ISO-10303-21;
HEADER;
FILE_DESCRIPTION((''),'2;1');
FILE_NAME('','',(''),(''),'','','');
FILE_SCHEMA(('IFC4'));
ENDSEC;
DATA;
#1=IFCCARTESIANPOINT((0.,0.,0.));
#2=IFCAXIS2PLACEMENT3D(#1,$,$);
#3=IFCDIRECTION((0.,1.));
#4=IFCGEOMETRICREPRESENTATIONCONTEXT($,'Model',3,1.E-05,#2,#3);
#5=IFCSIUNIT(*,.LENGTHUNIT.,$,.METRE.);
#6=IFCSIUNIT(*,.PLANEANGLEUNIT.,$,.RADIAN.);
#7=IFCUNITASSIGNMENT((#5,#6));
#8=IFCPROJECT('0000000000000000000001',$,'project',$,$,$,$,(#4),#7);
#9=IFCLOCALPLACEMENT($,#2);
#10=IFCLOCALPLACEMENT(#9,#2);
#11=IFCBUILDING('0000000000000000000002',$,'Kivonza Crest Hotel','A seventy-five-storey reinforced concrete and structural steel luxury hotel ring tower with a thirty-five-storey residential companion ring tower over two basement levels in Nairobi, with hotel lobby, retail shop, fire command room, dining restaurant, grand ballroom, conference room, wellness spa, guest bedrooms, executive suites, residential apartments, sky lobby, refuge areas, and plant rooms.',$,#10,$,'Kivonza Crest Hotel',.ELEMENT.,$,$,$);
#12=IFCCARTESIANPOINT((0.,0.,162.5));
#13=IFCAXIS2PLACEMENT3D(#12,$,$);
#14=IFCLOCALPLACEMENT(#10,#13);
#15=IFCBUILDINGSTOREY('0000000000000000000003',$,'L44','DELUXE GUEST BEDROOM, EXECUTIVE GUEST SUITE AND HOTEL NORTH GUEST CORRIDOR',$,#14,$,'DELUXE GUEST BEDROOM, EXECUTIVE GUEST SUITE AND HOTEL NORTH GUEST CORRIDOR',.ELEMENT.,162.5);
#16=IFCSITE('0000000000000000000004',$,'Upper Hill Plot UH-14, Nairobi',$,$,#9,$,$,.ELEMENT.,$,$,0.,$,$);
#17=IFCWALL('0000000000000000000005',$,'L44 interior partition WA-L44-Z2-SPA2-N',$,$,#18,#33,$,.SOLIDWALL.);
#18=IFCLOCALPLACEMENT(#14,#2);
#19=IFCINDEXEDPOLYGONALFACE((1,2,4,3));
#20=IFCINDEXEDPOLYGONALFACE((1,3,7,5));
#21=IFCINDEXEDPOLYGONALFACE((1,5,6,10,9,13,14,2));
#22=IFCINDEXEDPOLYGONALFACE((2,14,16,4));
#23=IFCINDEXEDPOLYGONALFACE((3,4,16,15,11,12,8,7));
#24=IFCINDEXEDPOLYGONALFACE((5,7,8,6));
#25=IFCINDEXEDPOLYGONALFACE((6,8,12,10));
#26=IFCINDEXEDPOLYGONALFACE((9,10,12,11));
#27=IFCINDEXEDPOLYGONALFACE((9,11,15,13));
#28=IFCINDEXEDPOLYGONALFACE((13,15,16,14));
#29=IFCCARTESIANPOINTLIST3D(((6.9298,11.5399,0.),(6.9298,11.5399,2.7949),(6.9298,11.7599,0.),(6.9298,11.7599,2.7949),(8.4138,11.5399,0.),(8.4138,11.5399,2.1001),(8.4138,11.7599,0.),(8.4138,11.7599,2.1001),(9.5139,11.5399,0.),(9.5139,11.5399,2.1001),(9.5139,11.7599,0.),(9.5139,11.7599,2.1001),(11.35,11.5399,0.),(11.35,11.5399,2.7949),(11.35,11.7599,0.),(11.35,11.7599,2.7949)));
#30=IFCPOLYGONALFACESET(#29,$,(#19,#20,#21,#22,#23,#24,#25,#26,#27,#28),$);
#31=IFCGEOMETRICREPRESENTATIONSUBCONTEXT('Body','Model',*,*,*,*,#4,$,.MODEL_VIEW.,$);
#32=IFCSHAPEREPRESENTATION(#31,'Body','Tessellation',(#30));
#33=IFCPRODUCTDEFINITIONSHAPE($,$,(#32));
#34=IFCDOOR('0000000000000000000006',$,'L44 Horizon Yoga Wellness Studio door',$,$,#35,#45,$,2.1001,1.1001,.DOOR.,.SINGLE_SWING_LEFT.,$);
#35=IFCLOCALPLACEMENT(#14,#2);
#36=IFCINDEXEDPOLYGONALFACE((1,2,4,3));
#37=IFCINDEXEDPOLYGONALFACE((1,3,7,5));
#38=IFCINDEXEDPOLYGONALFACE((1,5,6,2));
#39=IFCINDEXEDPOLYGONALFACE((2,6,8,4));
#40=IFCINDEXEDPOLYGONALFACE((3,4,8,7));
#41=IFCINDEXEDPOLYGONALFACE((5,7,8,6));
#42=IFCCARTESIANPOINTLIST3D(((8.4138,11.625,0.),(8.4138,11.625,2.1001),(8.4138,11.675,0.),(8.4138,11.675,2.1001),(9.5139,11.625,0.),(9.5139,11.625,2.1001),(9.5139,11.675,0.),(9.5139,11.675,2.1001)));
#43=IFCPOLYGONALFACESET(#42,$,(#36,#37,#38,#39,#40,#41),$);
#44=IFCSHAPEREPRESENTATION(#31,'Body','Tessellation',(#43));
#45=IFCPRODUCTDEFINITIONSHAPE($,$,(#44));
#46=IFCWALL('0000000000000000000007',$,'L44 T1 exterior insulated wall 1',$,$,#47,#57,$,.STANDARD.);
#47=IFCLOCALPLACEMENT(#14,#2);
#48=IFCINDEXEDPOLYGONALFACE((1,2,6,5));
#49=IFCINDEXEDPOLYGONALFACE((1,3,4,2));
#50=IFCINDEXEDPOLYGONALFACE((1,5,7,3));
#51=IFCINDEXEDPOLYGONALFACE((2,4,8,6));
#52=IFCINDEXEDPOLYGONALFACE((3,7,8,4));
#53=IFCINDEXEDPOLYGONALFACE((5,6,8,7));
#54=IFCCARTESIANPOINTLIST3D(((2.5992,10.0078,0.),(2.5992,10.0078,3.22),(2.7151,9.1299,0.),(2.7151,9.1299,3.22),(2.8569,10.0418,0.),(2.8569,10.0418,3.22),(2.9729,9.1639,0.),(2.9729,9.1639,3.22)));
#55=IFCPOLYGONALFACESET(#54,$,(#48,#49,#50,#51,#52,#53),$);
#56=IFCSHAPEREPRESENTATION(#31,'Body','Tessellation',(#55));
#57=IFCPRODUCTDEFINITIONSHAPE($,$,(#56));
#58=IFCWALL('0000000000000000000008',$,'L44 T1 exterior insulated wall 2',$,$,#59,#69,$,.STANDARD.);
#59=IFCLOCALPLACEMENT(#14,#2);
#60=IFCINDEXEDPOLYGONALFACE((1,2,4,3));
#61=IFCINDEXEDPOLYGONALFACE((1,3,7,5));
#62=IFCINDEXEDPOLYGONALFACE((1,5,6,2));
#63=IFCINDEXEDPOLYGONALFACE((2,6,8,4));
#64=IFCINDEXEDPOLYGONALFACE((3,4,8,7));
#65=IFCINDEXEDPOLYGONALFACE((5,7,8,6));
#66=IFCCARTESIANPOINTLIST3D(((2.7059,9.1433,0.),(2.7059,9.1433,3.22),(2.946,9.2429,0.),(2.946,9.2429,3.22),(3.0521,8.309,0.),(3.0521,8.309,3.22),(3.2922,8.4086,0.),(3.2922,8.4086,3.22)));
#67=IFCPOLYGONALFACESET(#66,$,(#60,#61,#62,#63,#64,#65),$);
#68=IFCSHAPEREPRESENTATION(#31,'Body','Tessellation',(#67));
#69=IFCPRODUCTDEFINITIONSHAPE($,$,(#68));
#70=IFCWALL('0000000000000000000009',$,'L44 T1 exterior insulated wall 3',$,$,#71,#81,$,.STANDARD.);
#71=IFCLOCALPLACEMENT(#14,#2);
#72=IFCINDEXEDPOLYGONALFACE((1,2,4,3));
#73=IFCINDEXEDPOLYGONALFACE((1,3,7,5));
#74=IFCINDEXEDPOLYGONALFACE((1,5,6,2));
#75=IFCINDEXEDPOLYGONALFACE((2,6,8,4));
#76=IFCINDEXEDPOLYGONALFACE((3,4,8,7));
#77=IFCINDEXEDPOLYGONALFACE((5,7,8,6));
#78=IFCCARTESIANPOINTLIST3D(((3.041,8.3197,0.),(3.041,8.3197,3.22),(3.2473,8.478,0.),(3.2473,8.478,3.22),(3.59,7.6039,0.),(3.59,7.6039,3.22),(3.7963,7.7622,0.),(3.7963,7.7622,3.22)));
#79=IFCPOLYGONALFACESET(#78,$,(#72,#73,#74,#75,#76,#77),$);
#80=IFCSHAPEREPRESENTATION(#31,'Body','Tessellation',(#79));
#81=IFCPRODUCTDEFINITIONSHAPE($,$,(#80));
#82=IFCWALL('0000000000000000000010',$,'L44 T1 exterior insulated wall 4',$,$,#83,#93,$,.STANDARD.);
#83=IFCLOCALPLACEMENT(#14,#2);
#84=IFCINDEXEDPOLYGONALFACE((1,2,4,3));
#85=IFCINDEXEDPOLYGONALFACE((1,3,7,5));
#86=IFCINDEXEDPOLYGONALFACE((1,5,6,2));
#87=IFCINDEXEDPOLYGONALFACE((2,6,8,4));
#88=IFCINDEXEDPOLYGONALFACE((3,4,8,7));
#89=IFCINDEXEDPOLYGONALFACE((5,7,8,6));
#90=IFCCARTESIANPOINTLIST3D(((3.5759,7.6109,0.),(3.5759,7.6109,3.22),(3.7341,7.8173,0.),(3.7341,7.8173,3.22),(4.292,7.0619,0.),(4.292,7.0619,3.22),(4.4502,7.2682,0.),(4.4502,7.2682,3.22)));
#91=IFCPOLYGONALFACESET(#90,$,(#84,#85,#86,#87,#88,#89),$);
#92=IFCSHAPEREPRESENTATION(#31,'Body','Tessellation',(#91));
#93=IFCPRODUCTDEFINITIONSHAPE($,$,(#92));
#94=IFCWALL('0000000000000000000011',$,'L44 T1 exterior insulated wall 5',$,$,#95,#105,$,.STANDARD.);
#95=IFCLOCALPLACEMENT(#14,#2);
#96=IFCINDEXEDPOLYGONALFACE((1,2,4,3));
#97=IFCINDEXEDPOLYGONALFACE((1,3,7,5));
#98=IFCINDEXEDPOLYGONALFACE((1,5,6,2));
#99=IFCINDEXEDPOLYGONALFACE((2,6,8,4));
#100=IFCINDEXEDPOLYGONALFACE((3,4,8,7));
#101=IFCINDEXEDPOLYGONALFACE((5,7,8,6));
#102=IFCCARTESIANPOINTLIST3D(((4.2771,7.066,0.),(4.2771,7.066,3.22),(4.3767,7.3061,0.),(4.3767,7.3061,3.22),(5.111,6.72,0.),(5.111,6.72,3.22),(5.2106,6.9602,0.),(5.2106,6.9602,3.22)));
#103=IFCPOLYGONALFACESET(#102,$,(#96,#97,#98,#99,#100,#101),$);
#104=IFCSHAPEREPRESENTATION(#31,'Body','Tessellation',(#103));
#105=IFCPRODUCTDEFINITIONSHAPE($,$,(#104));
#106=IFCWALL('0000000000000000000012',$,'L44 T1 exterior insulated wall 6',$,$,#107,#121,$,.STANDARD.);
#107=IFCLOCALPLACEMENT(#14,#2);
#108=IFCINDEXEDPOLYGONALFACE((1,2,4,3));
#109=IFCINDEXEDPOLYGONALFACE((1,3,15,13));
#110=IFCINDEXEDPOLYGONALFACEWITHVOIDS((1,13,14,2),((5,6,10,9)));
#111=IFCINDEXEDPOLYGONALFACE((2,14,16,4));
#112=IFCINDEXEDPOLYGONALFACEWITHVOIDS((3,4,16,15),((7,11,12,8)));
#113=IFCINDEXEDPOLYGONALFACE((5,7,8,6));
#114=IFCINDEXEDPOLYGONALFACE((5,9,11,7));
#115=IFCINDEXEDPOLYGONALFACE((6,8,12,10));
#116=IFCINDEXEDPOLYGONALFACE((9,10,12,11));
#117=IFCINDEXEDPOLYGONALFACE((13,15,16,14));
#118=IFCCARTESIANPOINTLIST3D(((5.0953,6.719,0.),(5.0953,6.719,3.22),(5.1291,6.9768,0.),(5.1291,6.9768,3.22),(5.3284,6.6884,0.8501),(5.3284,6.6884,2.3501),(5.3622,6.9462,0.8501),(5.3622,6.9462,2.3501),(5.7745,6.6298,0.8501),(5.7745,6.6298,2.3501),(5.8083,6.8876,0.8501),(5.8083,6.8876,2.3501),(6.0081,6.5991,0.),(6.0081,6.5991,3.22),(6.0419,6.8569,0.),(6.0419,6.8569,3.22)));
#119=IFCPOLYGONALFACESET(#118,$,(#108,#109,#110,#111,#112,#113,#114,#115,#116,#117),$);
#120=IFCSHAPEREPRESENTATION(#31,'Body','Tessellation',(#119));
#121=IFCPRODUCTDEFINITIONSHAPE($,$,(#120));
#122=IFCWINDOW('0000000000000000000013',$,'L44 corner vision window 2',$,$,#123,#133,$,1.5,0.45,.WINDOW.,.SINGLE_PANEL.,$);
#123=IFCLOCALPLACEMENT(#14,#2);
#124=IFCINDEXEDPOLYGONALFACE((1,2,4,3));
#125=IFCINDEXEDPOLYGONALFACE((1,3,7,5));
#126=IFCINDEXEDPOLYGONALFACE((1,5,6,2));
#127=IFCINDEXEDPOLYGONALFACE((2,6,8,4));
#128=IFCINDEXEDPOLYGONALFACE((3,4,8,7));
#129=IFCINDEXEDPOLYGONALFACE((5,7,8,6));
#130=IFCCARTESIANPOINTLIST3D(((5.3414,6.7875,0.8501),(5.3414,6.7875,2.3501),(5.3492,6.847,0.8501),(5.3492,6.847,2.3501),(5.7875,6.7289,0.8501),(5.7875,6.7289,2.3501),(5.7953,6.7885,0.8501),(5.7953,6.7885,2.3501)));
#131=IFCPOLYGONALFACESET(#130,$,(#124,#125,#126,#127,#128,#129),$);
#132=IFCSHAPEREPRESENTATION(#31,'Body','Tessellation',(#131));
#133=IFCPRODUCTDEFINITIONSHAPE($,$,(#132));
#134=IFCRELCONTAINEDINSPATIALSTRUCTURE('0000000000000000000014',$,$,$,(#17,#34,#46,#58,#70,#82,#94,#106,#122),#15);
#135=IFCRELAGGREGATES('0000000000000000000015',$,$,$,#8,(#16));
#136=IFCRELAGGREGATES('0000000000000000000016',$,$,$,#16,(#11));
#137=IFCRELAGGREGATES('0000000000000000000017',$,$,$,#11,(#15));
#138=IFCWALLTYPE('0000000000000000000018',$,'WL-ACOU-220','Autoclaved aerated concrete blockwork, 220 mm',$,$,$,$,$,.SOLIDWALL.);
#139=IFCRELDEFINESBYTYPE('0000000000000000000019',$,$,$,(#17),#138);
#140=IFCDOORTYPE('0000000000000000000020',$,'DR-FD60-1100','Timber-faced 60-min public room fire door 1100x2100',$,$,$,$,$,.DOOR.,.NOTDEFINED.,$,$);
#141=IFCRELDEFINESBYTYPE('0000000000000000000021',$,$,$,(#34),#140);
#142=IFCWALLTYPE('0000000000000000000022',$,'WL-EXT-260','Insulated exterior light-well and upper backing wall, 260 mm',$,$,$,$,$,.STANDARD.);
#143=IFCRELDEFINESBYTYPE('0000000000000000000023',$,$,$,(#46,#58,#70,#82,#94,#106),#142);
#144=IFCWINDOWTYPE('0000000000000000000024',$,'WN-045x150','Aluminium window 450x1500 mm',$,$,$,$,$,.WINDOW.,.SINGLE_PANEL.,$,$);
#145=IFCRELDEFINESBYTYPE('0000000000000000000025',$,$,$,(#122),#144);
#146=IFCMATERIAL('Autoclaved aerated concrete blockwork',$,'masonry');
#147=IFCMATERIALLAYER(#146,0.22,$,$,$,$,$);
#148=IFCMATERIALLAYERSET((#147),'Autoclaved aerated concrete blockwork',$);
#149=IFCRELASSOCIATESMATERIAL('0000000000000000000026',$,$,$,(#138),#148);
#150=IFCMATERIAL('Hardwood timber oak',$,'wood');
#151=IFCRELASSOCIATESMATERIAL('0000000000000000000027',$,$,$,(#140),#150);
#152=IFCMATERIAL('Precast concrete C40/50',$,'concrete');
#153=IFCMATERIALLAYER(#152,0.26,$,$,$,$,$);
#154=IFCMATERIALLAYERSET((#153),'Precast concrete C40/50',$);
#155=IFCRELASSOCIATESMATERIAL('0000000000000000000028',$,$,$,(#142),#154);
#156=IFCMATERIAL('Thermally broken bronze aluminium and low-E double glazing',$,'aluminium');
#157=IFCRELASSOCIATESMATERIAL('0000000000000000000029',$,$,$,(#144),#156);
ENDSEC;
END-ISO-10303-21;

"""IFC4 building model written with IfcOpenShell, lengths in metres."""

from ifc_helpers import new_model, si_unit, direction, frame, frame_2d, origin, place, context, subcontext, project, spatial, rectangle, extrude, material, layer, layer_set, type_object, element, fill, save


model = new_model("IFC4")

# Units and contexts
model_context = context("Model", 3, precision=1e-05, world=origin(), true_north=direction((0.0, 1.0)))
body_context = subcontext(model_context, "Body", "Model", "MODEL_VIEW")
ifc_project = project(units=[si_unit("LENGTHUNIT", "METRE"), si_unit("PLANEANGLEUNIT", "RADIAN")], contexts=[model_context])

# Site, building, storey
site_placement = place(None, origin())
site = spatial("IfcSite", under=ifc_project, at=site_placement, Name="Upper Hill Plot UH-14, Nairobi", CompositionType="ELEMENT", RefElevation=0.0)
building_placement = place(site_placement, origin())
building = spatial("IfcBuilding", under=site, at=building_placement, Name="Kivonza Crest Hotel", Description="A seventy-five-storey reinforced concrete and structural steel luxury hotel ring tower with a thirty-five-storey residential companion ring tower over two basement levels in Nairobi, with hotel lobby, retail shop, fire command room, dining restaurant, grand ballroom, conference room, wellness spa, guest bedrooms, executive suites, residential apartments, sky lobby, refuge areas, and plant rooms.", LongName="Kivonza Crest Hotel", CompositionType="ELEMENT")
storey_placement = place(building_placement, frame((0.0, 0.0, 162.5)))
storey = spatial("IfcBuildingStorey", under=building, at=storey_placement, Name="L44", Description="DELUXE GUEST BEDROOM, EXECUTIVE GUEST SUITE AND HOTEL NORTH GUEST CORRIDOR", LongName="DELUXE GUEST BEDROOM, EXECUTIVE GUEST SUITE AND HOTEL NORTH GUEST CORRIDOR", CompositionType="ELEMENT", Elevation=162.5)

# Wall, opening, door
ifc_material_1 = material(Name="Autoclaved aerated concrete blockwork", Category="masonry")
ifc_layer_1 = layer(ifc_material_1, 0.22)
ifc_layer_set_1 = layer_set([ifc_layer_1], Name="Autoclaved aerated concrete blockwork")
wall_type_1 = type_object("IfcWallType", Name="WL-ACOU-220", Description="Autoclaved aerated concrete blockwork, 220 mm", PredefinedType="SOLIDWALL", material=ifc_layer_set_1)
ifc_material_2 = material(Name="Hardwood timber oak", Category="wood")
door_type = type_object("IfcDoorType", Name="DR-FD60-1100", Description="Timber-faced 60-min public room fire door 1100x2100", OperationType="NOTDEFINED", PredefinedType="DOOR", material=ifc_material_2)
wall_1_placement = place(storey_placement, frame((6.9299, 11.6499, 0.0), z_axis=(0.0, 0.0, 1.0), x_axis=(1.0, 0.0, 0.0)))
wall_1 = element("IfcWall", 1, at=wall_1_placement, inside=storey, type_object=wall_type_1, Name="L44 interior partition WA-L44-Z2-SPA2-N", PredefinedType="SOLIDWALL", context=body_context, shape_type="SweptSolid", body=[
    extrude(rectangle(XDim=4.4202, YDim=0.22, at=frame_2d((2.21, 0.0))), origin(), (0.0, 0.0, 1.0), 2.7949),
])
opening_1_placement = place(wall_1_placement, frame((1.4839, 0.0, 0.0)))
opening_1 = element("IfcOpeningElement", 2, at=opening_1_placement, cuts=wall_1, PredefinedType="OPENING", context=body_context, shape_type="SweptSolid", body=[
    extrude(rectangle(XDim=1.1001, YDim=2.1001, at=frame_2d((0.55, 1.05))), frame((0.0, 0.1201, 0.0), z_axis=(0.0, -1.0, 0.0), x_axis=(1.0, 0.0, 0.0)), (0.0, 0.0, 1.0), 0.24),
])
door_1_placement = place(opening_1_placement, frame((1.1001, 0.0, 0.0), z_axis=(0.0, 0.0, 1.0), x_axis=(-1.0, 0.0, 0.0)))
door_1 = element("IfcDoor", 3, at=door_1_placement, inside=storey, type_object=door_type, Name="L44 Horizon Yoga Wellness Studio door", OperationType="SINGLE_SWING_LEFT", OverallHeight=2.1001, OverallWidth=1.1001, PredefinedType="DOOR", context=body_context, shape_type="SweptSolid", body=[
    extrude(rectangle(XDim=1.1001, YDim=2.1001, at=frame_2d((0.55, 1.05))), frame((0.0, 0.0249, 0.0), z_axis=(0.0, -1.0, 0.0), x_axis=(1.0, 0.0, 0.0)), (0.0, 0.0, 1.0), 0.05),
])
fill(opening_1, door_1)

# Walls
ifc_material_3 = material(Name="Precast concrete C40/50", Category="concrete")
ifc_layer_2 = layer(ifc_material_3, 0.26)
ifc_layer_set_2 = layer_set([ifc_layer_2], Name="Precast concrete C40/50")
wall_type_2 = type_object("IfcWallType", Name="WL-EXT-260", Description="Insulated exterior light-well and upper backing wall, 260 mm", PredefinedType="STANDARD", material=ifc_layer_set_2)
wall_2_placement = place(storey_placement, frame((2.728, 10.0249, 0.0), z_axis=(0.0, 0.0, 1.0), x_axis=(0.130954, -0.991388, 0.0)))
element("IfcWall", 4, at=wall_2_placement, inside=storey, type_object=wall_type_2, Name="L44 T1 exterior insulated wall 1", PredefinedType="STANDARD", context=body_context, shape_type="SweptSolid", body=[
    extrude(rectangle(XDim=0.8855, YDim=0.26, at=frame_2d((0.4429, 0.0))), origin(), (0.0, 0.0, 1.0), 3.22),
])
wall_3_placement = place(storey_placement, frame((2.8259, 9.1931, 0.0), z_axis=(0.0, 0.0, 1.0), x_axis=(0.383291, -0.923628, 0.0)))
element("IfcWall", 5, at=wall_3_placement, inside=storey, type_object=wall_type_2, Name="L44 T1 exterior insulated wall 2", PredefinedType="STANDARD", context=body_context, shape_type="SweptSolid", body=[
    extrude(rectangle(XDim=0.9033, YDim=0.26, at=frame_2d((0.4517, 0.0))), origin(), (0.0, 0.0, 1.0), 3.22),
])
wall_4_placement = place(storey_placement, frame((3.144, 8.3989, 0.0), z_axis=(0.0, 0.0, 1.0), x_axis=(0.608625, -0.793458, 0.0)))
element("IfcWall", 6, at=wall_4_placement, inside=storey, type_object=wall_type_2, Name="L44 T1 exterior insulated wall 3", PredefinedType="STANDARD", context=body_context, shape_type="SweptSolid", body=[
    extrude(rectangle(XDim=0.9021, YDim=0.26, at=frame_2d((0.4512, 0.0))), origin(), (0.0, 0.0, 1.0), 3.22),
])
wall_5_placement = place(storey_placement, frame((3.655, 7.7141, 0.0), z_axis=(0.0, 0.0, 1.0), x_axis=(0.793558, -0.608494, 0.0)))
element("IfcWall", 7, at=wall_5_placement, inside=storey, type_object=wall_type_2, Name="L44 T1 exterior insulated wall 4", PredefinedType="STANDARD", context=body_context, shape_type="SweptSolid", body=[
    extrude(rectangle(XDim=0.9023, YDim=0.26, at=frame_2d((0.4512, 0.0))), origin(), (0.0, 0.0, 1.0), 3.22),
])
wall_6_placement = place(storey_placement, frame((4.3269, 7.186, 0.0), z_axis=(0.0, 0.0, 1.0), x_axis=(0.923684, -0.383156, 0.0)))
element("IfcWall", 8, at=wall_6_placement, inside=storey, type_object=wall_type_2, Name="L44 T1 exterior insulated wall 5", PredefinedType="STANDARD", context=body_context, shape_type="SweptSolid", body=[
    extrude(rectangle(XDim=0.9028, YDim=0.26, at=frame_2d((0.4514, 0.0))), origin(), (0.0, 0.0, 1.0), 3.22),
])

# Wall, opening, window
wall_7_placement = place(storey_placement, frame((5.1121, 6.8479, 0.0), z_axis=(0.0, 0.0, 1.0), x_axis=(0.991488, -0.130201, 0.0)))
wall_7 = element("IfcWall", 9, at=wall_7_placement, inside=storey, type_object=wall_type_2, Name="L44 T1 exterior insulated wall 6", PredefinedType="STANDARD", context=body_context, shape_type="SweptSolid", body=[
    extrude(rectangle(XDim=0.9207, YDim=0.26, at=frame_2d((0.4604, 0.0))), origin(), (0.0, 0.0, 1.0), 3.22),
])
opening_2_placement = place(wall_7_placement, frame((0.2351, 0.0, 0.8501)))
opening_2 = element("IfcOpeningElement", 10, at=opening_2_placement, cuts=wall_7, PredefinedType="OPENING", context=body_context, shape_type="SweptSolid", body=[
    extrude(rectangle(XDim=0.45, YDim=1.5, at=frame_2d((0.2251, 0.75))), frame((0.0, 0.1401, 0.0), z_axis=(0.0, -1.0, 0.0), x_axis=(1.0, 0.0, 0.0)), (0.0, 0.0, 1.0), 0.28),
])
ifc_material_4 = material(Name="Thermally broken bronze aluminium and low-E double glazing", Category="aluminium")
window_type_1 = type_object("IfcWindowType", Name="WN-045x150", Description="Aluminium window 450x1500 mm", PartitioningType="SINGLE_PANEL", PredefinedType="WINDOW", material=ifc_material_4)
window_1_placement = place(opening_2_placement, origin())
window_1 = element("IfcWindow", 11, at=window_1_placement, inside=storey, type_object=window_type_1, Name="L44 corner vision window 2", OverallHeight=1.5, OverallWidth=0.45, PartitioningType="SINGLE_PANEL", PredefinedType="WINDOW", context=body_context, shape_type="SweptSolid", body=[
    extrude(rectangle(XDim=0.45, YDim=1.5, at=frame_2d((0.2251, 0.75))), frame((0.0, 0.03, 0.0), z_axis=(0.0, -1.0, 0.0), x_axis=(1.0, 0.0, 0.0)), (0.0, 0.0, 1.0), 0.0601),
])
fill(opening_2, window_1)

save(model, "model.ifc")
